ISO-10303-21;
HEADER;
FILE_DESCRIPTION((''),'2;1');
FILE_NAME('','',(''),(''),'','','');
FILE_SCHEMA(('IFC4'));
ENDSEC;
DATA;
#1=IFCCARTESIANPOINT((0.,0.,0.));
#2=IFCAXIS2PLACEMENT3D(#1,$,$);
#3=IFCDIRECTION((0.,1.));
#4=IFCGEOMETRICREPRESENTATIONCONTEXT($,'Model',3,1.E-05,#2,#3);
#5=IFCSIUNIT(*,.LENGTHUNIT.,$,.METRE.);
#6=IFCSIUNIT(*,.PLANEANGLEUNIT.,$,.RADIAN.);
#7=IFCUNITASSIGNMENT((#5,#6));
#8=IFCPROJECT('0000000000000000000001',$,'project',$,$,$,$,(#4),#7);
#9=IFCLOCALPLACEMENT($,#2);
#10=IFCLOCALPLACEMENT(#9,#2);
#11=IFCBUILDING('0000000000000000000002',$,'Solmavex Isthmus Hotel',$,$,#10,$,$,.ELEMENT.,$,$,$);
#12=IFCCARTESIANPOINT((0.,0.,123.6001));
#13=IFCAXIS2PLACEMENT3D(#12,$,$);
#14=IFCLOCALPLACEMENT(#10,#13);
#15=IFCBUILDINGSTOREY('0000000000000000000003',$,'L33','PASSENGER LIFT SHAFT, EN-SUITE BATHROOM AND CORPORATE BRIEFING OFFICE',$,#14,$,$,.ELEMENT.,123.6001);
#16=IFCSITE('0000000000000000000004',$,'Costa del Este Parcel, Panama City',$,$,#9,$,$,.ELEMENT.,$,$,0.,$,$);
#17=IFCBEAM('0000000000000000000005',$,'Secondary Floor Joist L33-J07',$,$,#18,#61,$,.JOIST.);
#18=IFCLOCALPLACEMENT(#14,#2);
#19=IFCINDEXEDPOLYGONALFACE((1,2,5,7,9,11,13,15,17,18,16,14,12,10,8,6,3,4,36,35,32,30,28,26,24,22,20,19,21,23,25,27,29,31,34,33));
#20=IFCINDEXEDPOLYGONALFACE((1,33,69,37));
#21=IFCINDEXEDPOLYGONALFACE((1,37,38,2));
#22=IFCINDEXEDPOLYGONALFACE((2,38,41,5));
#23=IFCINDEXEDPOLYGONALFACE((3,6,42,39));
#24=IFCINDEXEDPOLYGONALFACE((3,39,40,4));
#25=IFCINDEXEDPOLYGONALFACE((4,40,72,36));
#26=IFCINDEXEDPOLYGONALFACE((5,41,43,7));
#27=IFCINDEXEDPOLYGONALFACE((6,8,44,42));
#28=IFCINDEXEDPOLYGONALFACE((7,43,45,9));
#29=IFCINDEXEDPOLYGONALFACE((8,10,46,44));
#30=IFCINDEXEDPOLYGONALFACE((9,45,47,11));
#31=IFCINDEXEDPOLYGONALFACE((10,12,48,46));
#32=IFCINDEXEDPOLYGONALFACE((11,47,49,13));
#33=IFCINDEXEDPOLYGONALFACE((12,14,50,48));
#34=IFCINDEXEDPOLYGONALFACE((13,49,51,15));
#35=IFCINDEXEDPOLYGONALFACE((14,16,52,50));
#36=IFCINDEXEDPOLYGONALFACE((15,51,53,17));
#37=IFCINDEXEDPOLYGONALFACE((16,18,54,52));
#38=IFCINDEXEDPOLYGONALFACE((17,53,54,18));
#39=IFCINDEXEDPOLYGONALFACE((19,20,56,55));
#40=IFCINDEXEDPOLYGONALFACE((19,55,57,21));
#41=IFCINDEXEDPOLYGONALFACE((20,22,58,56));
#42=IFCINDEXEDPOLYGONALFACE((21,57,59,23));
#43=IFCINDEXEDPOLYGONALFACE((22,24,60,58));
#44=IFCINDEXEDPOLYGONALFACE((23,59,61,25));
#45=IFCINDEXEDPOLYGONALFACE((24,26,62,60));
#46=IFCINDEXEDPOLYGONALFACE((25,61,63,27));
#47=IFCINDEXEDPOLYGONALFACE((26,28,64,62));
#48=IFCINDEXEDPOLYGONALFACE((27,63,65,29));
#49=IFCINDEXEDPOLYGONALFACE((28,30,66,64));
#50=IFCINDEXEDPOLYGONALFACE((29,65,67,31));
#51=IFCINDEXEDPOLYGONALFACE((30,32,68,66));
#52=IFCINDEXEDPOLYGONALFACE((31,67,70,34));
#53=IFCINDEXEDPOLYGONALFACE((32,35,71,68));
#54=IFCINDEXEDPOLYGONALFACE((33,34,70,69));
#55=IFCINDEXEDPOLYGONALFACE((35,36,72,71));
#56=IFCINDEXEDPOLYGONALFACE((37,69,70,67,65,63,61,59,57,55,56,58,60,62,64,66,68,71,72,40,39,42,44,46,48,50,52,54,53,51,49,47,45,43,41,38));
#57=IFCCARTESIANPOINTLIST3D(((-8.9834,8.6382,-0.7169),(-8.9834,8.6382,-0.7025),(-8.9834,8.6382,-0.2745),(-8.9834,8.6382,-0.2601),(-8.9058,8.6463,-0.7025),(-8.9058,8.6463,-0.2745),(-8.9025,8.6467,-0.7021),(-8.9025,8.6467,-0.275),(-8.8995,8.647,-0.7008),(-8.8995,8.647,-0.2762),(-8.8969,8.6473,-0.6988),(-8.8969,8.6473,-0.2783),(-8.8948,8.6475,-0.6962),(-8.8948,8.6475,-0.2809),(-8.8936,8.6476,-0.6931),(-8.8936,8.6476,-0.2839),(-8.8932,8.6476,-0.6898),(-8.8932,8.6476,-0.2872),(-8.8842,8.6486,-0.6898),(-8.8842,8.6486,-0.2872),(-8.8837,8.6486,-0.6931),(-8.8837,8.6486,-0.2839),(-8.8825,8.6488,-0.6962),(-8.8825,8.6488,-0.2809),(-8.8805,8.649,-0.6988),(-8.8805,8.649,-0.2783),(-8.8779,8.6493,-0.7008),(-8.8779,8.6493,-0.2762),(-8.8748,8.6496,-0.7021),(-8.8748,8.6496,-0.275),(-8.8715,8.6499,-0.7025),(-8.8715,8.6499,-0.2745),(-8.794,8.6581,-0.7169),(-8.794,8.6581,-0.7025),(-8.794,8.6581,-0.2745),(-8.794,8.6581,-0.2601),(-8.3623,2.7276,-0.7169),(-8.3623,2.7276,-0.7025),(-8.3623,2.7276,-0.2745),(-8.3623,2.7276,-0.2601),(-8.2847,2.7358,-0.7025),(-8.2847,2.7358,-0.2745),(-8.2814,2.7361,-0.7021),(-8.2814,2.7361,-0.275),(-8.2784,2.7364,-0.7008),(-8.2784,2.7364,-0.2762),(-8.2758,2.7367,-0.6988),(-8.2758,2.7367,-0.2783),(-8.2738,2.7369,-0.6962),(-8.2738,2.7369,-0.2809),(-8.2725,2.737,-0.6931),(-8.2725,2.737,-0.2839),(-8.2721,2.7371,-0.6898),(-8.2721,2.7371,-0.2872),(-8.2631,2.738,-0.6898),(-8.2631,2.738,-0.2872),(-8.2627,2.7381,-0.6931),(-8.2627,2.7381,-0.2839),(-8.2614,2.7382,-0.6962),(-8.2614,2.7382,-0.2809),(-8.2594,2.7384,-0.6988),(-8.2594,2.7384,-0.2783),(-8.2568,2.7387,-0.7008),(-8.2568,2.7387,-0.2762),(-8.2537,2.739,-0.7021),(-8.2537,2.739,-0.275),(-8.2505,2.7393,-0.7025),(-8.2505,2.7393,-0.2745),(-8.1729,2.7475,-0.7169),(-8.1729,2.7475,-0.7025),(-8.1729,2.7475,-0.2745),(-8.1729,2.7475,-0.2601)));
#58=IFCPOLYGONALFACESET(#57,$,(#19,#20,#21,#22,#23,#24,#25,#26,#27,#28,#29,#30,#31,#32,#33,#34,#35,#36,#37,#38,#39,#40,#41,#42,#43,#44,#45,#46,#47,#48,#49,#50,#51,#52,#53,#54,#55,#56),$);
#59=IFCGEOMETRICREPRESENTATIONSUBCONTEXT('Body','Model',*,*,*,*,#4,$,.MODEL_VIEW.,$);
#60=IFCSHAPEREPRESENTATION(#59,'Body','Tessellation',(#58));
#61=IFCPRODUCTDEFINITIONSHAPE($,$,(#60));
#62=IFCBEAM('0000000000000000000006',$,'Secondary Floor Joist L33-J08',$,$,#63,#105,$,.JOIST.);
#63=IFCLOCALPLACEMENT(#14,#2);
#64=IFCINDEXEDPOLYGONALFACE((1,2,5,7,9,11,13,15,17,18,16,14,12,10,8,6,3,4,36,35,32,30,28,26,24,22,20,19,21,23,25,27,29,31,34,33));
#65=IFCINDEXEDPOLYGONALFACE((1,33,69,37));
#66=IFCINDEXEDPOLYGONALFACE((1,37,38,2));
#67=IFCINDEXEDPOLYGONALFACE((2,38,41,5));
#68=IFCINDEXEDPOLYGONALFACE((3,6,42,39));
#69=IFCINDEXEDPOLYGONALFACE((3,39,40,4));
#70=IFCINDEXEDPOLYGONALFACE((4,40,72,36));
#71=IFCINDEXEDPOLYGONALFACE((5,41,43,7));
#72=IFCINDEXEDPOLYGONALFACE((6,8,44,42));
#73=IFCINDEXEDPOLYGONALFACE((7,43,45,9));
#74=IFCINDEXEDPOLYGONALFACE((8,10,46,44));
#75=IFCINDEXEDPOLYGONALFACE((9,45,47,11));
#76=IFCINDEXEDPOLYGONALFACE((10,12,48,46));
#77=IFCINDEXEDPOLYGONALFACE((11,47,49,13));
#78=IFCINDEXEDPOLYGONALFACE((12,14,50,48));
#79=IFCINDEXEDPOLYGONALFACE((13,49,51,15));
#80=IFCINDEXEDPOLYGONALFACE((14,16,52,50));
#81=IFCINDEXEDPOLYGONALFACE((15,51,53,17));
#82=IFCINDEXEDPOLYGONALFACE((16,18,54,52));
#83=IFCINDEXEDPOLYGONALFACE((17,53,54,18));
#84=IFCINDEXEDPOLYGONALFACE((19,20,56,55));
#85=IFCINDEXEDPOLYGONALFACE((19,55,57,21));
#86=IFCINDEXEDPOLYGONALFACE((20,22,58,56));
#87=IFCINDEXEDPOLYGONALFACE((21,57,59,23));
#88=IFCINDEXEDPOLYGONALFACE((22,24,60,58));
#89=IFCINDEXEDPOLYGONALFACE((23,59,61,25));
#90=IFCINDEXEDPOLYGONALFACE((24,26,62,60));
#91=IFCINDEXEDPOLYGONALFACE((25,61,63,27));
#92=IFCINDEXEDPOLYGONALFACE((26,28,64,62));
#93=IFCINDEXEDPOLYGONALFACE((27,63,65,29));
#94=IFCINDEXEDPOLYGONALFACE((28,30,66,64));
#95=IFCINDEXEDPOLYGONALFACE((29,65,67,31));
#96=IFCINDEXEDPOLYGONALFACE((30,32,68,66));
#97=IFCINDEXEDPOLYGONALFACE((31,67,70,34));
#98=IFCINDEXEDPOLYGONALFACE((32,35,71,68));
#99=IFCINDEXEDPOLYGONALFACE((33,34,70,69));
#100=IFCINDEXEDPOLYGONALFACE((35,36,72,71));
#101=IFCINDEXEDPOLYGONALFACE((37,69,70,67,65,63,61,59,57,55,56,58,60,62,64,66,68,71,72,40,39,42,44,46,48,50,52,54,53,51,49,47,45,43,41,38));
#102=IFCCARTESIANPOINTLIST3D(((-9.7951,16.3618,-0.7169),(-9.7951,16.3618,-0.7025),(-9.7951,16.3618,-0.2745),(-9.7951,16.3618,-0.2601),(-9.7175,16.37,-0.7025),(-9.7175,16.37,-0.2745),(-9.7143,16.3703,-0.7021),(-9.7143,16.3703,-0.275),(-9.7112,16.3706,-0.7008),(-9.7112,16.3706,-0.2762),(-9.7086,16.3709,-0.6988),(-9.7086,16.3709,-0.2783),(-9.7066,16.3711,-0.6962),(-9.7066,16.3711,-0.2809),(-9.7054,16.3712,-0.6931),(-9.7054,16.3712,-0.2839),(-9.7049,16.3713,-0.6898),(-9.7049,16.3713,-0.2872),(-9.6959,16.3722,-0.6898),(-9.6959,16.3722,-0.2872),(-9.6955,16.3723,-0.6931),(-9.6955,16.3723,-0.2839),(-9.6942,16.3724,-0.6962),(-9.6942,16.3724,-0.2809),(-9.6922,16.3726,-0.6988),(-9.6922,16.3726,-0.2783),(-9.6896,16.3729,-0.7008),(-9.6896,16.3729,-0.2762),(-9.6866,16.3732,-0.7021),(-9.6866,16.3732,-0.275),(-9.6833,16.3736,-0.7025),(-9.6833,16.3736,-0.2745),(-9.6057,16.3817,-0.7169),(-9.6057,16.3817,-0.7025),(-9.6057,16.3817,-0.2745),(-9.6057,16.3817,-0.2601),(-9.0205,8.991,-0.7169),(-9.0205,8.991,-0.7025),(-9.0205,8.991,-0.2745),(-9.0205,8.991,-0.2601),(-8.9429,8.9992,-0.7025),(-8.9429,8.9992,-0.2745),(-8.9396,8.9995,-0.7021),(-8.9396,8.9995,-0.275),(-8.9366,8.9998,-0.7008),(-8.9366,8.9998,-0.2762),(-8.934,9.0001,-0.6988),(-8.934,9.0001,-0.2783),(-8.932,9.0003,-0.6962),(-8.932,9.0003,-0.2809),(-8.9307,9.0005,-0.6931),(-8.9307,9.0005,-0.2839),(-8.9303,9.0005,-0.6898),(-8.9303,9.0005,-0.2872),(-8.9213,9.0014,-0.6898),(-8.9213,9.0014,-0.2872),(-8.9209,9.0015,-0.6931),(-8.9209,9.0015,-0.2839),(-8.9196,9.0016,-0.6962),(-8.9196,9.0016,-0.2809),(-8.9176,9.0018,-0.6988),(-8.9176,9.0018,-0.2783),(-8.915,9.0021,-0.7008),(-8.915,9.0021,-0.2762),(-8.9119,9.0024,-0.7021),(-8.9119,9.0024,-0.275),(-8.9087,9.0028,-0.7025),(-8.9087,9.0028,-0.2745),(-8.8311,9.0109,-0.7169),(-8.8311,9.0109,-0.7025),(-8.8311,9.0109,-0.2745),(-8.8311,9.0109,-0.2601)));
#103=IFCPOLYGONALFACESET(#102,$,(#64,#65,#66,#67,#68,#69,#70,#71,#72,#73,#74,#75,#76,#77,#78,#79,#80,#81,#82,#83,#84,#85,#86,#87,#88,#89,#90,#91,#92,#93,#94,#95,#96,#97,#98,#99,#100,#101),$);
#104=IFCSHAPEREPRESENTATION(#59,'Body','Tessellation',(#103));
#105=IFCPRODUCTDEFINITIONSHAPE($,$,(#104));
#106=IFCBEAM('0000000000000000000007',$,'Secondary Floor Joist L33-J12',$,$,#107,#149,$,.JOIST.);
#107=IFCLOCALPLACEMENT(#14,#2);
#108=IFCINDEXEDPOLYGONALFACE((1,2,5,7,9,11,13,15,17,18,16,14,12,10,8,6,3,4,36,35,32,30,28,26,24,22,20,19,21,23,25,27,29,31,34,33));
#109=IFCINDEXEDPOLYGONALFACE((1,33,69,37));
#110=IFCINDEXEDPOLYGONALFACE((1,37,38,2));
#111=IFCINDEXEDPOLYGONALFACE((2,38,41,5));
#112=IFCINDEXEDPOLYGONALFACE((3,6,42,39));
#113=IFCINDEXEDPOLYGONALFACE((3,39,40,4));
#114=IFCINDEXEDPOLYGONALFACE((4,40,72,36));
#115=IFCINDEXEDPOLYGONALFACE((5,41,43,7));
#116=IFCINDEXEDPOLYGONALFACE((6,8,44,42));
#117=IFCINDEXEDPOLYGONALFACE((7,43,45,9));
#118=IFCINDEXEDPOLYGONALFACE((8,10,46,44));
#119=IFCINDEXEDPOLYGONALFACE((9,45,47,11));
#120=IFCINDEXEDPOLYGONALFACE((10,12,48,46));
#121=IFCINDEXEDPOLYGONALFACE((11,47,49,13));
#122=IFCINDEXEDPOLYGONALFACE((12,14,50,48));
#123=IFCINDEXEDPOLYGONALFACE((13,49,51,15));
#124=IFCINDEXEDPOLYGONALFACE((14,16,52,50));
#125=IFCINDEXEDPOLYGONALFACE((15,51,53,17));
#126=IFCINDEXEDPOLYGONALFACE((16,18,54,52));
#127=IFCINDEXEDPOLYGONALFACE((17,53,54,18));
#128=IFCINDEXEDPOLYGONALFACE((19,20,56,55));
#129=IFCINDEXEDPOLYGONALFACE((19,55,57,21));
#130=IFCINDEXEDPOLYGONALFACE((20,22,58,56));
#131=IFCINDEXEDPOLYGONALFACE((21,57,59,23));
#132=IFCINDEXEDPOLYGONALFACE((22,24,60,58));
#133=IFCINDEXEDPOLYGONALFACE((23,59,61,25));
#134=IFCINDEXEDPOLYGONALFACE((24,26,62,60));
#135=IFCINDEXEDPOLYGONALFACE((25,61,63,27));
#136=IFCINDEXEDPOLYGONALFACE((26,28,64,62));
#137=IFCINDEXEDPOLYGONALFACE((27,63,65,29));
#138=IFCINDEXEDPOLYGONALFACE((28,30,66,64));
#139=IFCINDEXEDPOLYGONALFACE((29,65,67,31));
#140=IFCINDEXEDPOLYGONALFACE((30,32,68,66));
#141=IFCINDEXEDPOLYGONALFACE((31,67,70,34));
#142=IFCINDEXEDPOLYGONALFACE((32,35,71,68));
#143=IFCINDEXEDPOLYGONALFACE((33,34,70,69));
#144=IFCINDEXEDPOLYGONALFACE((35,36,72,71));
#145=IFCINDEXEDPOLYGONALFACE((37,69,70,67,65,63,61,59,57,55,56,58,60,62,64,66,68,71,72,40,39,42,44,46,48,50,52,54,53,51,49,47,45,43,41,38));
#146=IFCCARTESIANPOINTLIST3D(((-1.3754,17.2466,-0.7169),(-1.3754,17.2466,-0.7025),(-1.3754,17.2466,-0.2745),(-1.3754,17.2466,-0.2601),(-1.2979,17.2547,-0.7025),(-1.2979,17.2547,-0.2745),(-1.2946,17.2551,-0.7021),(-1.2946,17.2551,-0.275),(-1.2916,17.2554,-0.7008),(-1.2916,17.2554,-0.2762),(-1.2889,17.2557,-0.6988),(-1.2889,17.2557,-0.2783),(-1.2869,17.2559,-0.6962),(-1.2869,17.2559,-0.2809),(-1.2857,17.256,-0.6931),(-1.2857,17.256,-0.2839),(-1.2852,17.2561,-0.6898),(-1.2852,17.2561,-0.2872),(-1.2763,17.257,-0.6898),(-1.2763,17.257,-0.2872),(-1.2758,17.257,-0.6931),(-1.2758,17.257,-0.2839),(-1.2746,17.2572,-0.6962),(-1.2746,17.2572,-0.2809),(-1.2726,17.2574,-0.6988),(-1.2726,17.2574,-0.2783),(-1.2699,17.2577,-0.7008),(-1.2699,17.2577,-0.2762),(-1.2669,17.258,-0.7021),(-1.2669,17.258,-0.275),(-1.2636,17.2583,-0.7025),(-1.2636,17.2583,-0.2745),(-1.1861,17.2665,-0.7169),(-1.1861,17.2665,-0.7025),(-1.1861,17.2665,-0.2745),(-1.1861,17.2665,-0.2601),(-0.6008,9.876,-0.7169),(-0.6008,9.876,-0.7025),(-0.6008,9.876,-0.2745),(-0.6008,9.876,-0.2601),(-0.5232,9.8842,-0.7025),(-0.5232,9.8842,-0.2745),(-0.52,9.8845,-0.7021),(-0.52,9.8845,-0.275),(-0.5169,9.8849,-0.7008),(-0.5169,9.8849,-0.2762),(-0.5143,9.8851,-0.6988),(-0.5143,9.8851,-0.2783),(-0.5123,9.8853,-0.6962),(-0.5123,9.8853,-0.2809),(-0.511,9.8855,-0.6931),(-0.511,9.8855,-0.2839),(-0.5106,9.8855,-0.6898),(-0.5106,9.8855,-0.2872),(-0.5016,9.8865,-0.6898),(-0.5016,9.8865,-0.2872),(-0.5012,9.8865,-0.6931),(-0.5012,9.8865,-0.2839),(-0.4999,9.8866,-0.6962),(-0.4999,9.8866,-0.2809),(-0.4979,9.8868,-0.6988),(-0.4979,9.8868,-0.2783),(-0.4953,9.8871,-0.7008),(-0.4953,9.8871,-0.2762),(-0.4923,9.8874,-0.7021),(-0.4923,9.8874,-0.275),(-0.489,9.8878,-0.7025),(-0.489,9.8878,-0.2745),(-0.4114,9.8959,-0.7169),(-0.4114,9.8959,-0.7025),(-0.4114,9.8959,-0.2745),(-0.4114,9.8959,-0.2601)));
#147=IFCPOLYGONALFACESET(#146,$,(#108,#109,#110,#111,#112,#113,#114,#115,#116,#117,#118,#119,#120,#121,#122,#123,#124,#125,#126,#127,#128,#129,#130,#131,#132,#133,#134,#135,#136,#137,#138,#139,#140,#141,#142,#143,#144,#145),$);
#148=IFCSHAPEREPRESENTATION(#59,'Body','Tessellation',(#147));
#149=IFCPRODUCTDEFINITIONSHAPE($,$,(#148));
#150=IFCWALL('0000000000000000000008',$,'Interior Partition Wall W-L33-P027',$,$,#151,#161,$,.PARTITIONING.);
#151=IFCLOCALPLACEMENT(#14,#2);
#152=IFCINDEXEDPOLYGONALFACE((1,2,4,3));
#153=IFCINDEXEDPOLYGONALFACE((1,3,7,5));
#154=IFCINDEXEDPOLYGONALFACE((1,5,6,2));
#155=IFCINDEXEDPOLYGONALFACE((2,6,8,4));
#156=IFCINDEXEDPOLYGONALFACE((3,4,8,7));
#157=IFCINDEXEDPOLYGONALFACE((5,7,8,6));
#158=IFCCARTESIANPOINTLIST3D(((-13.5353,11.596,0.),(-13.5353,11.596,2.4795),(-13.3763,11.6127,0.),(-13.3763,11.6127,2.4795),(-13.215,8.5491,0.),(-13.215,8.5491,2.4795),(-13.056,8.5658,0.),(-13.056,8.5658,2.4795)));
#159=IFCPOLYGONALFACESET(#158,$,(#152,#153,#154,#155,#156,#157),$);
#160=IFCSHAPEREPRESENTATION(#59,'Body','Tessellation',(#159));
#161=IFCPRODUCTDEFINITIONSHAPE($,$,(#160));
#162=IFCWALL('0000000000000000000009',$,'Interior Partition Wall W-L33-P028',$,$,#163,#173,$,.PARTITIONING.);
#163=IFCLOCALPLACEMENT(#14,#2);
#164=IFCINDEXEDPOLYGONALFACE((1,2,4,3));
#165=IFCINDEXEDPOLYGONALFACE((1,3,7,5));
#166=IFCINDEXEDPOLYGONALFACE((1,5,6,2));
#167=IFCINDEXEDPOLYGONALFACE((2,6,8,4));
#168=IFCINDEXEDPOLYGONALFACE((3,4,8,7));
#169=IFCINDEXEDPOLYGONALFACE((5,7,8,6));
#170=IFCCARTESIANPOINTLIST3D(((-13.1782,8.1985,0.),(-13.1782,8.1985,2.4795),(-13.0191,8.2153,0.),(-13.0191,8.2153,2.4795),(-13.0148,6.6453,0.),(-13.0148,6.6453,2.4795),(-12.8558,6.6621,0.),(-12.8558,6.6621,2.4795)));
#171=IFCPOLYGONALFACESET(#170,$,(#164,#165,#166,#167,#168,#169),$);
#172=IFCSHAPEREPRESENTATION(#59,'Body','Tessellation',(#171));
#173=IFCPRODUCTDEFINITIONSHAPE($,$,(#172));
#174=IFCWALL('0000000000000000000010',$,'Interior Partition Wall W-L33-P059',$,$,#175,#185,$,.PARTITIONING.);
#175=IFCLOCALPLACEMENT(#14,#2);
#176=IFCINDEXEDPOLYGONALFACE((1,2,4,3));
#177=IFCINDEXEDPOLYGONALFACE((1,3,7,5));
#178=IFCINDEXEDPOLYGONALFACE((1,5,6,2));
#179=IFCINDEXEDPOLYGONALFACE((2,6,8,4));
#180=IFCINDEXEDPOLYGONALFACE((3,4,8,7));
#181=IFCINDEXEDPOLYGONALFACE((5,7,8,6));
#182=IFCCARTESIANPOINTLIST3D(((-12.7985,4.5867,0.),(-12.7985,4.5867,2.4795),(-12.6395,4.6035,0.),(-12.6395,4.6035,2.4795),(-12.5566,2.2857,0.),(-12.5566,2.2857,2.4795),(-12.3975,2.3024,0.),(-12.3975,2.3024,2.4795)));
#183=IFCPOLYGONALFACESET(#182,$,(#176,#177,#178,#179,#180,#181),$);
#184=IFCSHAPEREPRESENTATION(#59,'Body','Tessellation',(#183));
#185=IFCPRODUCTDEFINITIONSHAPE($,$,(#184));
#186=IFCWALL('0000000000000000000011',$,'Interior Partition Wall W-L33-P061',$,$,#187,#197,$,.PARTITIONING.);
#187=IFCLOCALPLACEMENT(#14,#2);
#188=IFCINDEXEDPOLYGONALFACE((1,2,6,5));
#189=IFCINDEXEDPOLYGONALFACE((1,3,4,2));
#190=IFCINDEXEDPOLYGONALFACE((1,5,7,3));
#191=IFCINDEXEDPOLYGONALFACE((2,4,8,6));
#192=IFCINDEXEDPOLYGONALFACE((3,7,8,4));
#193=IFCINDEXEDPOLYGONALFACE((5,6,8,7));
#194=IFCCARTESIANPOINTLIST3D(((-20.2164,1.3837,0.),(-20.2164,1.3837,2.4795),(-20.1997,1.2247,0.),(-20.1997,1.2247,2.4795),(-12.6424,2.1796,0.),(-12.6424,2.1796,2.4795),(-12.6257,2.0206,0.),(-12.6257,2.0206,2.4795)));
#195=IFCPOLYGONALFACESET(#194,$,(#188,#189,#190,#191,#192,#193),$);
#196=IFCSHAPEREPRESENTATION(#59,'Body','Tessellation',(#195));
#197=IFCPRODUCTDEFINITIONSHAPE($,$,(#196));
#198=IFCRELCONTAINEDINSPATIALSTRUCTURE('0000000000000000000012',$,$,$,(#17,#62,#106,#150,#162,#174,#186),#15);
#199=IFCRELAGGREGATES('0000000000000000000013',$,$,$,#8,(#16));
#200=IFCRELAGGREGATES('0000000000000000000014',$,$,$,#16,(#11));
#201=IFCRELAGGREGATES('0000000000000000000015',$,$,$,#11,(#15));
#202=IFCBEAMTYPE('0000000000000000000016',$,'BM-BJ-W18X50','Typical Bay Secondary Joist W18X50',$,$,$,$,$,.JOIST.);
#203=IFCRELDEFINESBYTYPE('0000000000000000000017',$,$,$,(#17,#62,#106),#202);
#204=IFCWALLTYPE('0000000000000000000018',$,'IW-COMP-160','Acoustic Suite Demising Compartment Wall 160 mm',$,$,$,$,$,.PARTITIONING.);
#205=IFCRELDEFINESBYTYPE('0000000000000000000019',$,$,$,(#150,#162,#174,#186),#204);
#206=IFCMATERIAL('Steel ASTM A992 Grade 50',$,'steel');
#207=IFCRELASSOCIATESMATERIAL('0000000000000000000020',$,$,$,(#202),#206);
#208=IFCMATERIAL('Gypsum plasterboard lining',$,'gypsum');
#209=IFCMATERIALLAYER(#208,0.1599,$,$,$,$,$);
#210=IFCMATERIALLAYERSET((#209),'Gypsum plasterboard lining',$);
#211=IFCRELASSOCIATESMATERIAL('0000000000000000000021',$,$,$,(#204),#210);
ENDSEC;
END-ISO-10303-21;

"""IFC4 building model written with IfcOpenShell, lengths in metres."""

from ifc_helpers import new_model, si_unit, direction, frame, frame_2d, origin, origin_2d, place, context, subcontext, project, spatial, rectangle, i_section, extrude, material, layer, layer_set, material_profile, profile_set, type_object, element, save


model = new_model("IFC4")

# Units and contexts
model_context = context("Model", 3, precision=1e-05, world=origin(), true_north=direction((0.0, 1.0)))
body_context = subcontext(model_context, "Body", "Model", "MODEL_VIEW")
ifc_project = project(units=[si_unit("LENGTHUNIT", "METRE"), si_unit("PLANEANGLEUNIT", "RADIAN")], contexts=[model_context])

# Site, building, storey
site_placement = place(None, origin())
site = spatial("IfcSite", under=ifc_project, at=site_placement, Name="Costa del Este Parcel, Panama City", CompositionType="ELEMENT", RefElevation=0.0)
building_placement = place(site_placement, origin())
building = spatial("IfcBuilding", under=site, at=building_placement, Name="Solmavex Isthmus Hotel", CompositionType="ELEMENT")
storey_placement = place(building_placement, frame((0.0, 0.0, 123.6001)))
storey = spatial("IfcBuildingStorey", under=building, at=storey_placement, Name="L33", Description="PASSENGER LIFT SHAFT, EN-SUITE BATHROOM AND CORPORATE BRIEFING OFFICE", CompositionType="ELEMENT", Elevation=123.6001)

# Beams
ifc_material_1 = material(Name="Steel ASTM A992 Grade 50", Category="steel")
ifc_material_profile_1 = material_profile(ifc_material_1, i_section(OverallWidth=0.1904, OverallDepth=0.4568, WebThickness=0.009, FlangeThickness=0.0144, FilletRadius=0.0127, at=origin_2d()), Name="W18X50")
ifc_profile_set_1 = profile_set([ifc_material_profile_1], Name="Steel ASTM A992 Grade 50")
beam_type_1 = type_object("IfcBeamType", Name="BM-BJ-W18X50", Description="Typical Bay Secondary Joist W18X50", PredefinedType="JOIST", material=ifc_profile_set_1)
beam_1_placement = place(storey_placement, frame((-8.2676, 2.7375, -0.4885), z_axis=(-0.104505, 0.994524, 0.0), x_axis=(-0.994524, -0.104505, 0.0)))
element("IfcBeam", 1, at=beam_1_placement, inside=storey, type_object=beam_type_1, Name="Secondary Floor Joist L33-J07", PredefinedType="JOIST", context=body_context, shape_type="SweptSolid", body=[
    extrude(i_section(OverallWidth=0.1904, OverallDepth=0.4568, WebThickness=0.009, FlangeThickness=0.0144, FilletRadius=0.0127, at=origin_2d()), origin(), (0.0, 0.0, 1.0), 5.9431),
])
beam_2_placement = place(storey_placement, frame((-8.9258, 9.001, -0.4885), z_axis=(-0.104522, 0.994523, 0.0), x_axis=(-0.994523, -0.104522, 0.0)))
element("IfcBeam", 2, at=beam_2_placement, inside=storey, type_object=beam_type_1, Name="Secondary Floor Joist L33-J08", PredefinedType="JOIST", context=body_context, shape_type="SweptSolid", body=[
    extrude(i_section(OverallWidth=0.1904, OverallDepth=0.4568, WebThickness=0.009, FlangeThickness=0.0144, FilletRadius=0.0127, at=origin_2d()), origin(), (0.0, 0.0, 1.0), 7.4114),
])
beam_3_placement = place(storey_placement, frame((-0.5061, 9.886, -0.4885), z_axis=(-0.104525, 0.994522, 0.0), x_axis=(-0.994522, -0.104525, 0.0)))
element("IfcBeam", 3, at=beam_3_placement, inside=storey, type_object=beam_type_1, Name="Secondary Floor Joist L33-J12", PredefinedType="JOIST", context=body_context, shape_type="SweptSolid", body=[
    extrude(i_section(OverallWidth=0.1904, OverallDepth=0.4568, WebThickness=0.009, FlangeThickness=0.0144, FilletRadius=0.0127, at=origin_2d()), origin(), (0.0, 0.0, 1.0), 7.4111),
])

# Walls
ifc_material_2 = material(Name="Gypsum plasterboard lining", Category="gypsum")
ifc_layer_1 = layer(ifc_material_2, 0.1599)
ifc_layer_set_1 = layer_set([ifc_layer_1], Name="Gypsum plasterboard lining")
wall_type_1 = type_object("IfcWallType", Name="IW-COMP-160", Description="Acoustic Suite Demising Compartment Wall 160 mm", PredefinedType="PARTITIONING", material=ifc_layer_set_1)
wall_1_placement = place(storey_placement, frame((-13.4558, 11.6042, 0.0), z_axis=(0.0, 0.0, 1.0), x_axis=(0.104552, -0.994519, 0.0)))
element("IfcWall", 4, at=wall_1_placement, inside=storey, type_object=wall_type_1, Name="Interior Partition Wall W-L33-P027", PredefinedType="PARTITIONING", context=body_context, shape_type="SweptSolid", body=[
    extrude(rectangle(XDim=3.0637, YDim=0.1599, at=frame_2d((1.5317, 0.0))), origin(), (0.0, 0.0, 1.0), 2.4795),
])
wall_2_placement = place(storey_placement, frame((-13.0986, 8.2068, 0.0), z_axis=(0.0, 0.0, 1.0), x_axis=(0.104579, -0.994517, 0.0)))
element("IfcWall", 5, at=wall_2_placement, inside=storey, type_object=wall_type_1, Name="Interior Partition Wall W-L33-P028", PredefinedType="PARTITIONING", context=body_context, shape_type="SweptSolid", body=[
    extrude(rectangle(XDim=1.5618, YDim=0.1599, at=frame_2d((0.7808, 0.0))), origin(), (0.0, 0.0, 1.0), 2.4795),
])
wall_3_placement = place(storey_placement, frame((-12.719, 4.595, 0.0), z_axis=(0.0, 0.0, 1.0), x_axis=(0.104569, -0.994518, 0.0)))
element("IfcWall", 6, at=wall_3_placement, inside=storey, type_object=wall_type_1, Name="Interior Partition Wall W-L33-P059", PredefinedType="PARTITIONING", context=body_context, shape_type="SweptSolid", body=[
    extrude(rectangle(XDim=2.3137, YDim=0.1599, at=frame_2d((1.1567, 0.0))), origin(), (0.0, 0.0, 1.0), 2.4795),
])
wall_4_placement = place(storey_placement, frame((-12.634, 2.1001, 0.0), z_axis=(0.0, 0.0, 1.0), x_axis=(-0.994524, -0.104508, 0.0)))
element("IfcWall", 7, at=wall_4_placement, inside=storey, type_object=wall_type_1, Name="Interior Partition Wall W-L33-P061", PredefinedType="PARTITIONING", context=body_context, shape_type="SweptSolid", body=[
    extrude(rectangle(XDim=7.6157, YDim=0.1599, at=frame_2d((3.8079, 0.0))), origin(), (0.0, 0.0, 1.0), 2.4795),
])

save(model, "model.ifc")
